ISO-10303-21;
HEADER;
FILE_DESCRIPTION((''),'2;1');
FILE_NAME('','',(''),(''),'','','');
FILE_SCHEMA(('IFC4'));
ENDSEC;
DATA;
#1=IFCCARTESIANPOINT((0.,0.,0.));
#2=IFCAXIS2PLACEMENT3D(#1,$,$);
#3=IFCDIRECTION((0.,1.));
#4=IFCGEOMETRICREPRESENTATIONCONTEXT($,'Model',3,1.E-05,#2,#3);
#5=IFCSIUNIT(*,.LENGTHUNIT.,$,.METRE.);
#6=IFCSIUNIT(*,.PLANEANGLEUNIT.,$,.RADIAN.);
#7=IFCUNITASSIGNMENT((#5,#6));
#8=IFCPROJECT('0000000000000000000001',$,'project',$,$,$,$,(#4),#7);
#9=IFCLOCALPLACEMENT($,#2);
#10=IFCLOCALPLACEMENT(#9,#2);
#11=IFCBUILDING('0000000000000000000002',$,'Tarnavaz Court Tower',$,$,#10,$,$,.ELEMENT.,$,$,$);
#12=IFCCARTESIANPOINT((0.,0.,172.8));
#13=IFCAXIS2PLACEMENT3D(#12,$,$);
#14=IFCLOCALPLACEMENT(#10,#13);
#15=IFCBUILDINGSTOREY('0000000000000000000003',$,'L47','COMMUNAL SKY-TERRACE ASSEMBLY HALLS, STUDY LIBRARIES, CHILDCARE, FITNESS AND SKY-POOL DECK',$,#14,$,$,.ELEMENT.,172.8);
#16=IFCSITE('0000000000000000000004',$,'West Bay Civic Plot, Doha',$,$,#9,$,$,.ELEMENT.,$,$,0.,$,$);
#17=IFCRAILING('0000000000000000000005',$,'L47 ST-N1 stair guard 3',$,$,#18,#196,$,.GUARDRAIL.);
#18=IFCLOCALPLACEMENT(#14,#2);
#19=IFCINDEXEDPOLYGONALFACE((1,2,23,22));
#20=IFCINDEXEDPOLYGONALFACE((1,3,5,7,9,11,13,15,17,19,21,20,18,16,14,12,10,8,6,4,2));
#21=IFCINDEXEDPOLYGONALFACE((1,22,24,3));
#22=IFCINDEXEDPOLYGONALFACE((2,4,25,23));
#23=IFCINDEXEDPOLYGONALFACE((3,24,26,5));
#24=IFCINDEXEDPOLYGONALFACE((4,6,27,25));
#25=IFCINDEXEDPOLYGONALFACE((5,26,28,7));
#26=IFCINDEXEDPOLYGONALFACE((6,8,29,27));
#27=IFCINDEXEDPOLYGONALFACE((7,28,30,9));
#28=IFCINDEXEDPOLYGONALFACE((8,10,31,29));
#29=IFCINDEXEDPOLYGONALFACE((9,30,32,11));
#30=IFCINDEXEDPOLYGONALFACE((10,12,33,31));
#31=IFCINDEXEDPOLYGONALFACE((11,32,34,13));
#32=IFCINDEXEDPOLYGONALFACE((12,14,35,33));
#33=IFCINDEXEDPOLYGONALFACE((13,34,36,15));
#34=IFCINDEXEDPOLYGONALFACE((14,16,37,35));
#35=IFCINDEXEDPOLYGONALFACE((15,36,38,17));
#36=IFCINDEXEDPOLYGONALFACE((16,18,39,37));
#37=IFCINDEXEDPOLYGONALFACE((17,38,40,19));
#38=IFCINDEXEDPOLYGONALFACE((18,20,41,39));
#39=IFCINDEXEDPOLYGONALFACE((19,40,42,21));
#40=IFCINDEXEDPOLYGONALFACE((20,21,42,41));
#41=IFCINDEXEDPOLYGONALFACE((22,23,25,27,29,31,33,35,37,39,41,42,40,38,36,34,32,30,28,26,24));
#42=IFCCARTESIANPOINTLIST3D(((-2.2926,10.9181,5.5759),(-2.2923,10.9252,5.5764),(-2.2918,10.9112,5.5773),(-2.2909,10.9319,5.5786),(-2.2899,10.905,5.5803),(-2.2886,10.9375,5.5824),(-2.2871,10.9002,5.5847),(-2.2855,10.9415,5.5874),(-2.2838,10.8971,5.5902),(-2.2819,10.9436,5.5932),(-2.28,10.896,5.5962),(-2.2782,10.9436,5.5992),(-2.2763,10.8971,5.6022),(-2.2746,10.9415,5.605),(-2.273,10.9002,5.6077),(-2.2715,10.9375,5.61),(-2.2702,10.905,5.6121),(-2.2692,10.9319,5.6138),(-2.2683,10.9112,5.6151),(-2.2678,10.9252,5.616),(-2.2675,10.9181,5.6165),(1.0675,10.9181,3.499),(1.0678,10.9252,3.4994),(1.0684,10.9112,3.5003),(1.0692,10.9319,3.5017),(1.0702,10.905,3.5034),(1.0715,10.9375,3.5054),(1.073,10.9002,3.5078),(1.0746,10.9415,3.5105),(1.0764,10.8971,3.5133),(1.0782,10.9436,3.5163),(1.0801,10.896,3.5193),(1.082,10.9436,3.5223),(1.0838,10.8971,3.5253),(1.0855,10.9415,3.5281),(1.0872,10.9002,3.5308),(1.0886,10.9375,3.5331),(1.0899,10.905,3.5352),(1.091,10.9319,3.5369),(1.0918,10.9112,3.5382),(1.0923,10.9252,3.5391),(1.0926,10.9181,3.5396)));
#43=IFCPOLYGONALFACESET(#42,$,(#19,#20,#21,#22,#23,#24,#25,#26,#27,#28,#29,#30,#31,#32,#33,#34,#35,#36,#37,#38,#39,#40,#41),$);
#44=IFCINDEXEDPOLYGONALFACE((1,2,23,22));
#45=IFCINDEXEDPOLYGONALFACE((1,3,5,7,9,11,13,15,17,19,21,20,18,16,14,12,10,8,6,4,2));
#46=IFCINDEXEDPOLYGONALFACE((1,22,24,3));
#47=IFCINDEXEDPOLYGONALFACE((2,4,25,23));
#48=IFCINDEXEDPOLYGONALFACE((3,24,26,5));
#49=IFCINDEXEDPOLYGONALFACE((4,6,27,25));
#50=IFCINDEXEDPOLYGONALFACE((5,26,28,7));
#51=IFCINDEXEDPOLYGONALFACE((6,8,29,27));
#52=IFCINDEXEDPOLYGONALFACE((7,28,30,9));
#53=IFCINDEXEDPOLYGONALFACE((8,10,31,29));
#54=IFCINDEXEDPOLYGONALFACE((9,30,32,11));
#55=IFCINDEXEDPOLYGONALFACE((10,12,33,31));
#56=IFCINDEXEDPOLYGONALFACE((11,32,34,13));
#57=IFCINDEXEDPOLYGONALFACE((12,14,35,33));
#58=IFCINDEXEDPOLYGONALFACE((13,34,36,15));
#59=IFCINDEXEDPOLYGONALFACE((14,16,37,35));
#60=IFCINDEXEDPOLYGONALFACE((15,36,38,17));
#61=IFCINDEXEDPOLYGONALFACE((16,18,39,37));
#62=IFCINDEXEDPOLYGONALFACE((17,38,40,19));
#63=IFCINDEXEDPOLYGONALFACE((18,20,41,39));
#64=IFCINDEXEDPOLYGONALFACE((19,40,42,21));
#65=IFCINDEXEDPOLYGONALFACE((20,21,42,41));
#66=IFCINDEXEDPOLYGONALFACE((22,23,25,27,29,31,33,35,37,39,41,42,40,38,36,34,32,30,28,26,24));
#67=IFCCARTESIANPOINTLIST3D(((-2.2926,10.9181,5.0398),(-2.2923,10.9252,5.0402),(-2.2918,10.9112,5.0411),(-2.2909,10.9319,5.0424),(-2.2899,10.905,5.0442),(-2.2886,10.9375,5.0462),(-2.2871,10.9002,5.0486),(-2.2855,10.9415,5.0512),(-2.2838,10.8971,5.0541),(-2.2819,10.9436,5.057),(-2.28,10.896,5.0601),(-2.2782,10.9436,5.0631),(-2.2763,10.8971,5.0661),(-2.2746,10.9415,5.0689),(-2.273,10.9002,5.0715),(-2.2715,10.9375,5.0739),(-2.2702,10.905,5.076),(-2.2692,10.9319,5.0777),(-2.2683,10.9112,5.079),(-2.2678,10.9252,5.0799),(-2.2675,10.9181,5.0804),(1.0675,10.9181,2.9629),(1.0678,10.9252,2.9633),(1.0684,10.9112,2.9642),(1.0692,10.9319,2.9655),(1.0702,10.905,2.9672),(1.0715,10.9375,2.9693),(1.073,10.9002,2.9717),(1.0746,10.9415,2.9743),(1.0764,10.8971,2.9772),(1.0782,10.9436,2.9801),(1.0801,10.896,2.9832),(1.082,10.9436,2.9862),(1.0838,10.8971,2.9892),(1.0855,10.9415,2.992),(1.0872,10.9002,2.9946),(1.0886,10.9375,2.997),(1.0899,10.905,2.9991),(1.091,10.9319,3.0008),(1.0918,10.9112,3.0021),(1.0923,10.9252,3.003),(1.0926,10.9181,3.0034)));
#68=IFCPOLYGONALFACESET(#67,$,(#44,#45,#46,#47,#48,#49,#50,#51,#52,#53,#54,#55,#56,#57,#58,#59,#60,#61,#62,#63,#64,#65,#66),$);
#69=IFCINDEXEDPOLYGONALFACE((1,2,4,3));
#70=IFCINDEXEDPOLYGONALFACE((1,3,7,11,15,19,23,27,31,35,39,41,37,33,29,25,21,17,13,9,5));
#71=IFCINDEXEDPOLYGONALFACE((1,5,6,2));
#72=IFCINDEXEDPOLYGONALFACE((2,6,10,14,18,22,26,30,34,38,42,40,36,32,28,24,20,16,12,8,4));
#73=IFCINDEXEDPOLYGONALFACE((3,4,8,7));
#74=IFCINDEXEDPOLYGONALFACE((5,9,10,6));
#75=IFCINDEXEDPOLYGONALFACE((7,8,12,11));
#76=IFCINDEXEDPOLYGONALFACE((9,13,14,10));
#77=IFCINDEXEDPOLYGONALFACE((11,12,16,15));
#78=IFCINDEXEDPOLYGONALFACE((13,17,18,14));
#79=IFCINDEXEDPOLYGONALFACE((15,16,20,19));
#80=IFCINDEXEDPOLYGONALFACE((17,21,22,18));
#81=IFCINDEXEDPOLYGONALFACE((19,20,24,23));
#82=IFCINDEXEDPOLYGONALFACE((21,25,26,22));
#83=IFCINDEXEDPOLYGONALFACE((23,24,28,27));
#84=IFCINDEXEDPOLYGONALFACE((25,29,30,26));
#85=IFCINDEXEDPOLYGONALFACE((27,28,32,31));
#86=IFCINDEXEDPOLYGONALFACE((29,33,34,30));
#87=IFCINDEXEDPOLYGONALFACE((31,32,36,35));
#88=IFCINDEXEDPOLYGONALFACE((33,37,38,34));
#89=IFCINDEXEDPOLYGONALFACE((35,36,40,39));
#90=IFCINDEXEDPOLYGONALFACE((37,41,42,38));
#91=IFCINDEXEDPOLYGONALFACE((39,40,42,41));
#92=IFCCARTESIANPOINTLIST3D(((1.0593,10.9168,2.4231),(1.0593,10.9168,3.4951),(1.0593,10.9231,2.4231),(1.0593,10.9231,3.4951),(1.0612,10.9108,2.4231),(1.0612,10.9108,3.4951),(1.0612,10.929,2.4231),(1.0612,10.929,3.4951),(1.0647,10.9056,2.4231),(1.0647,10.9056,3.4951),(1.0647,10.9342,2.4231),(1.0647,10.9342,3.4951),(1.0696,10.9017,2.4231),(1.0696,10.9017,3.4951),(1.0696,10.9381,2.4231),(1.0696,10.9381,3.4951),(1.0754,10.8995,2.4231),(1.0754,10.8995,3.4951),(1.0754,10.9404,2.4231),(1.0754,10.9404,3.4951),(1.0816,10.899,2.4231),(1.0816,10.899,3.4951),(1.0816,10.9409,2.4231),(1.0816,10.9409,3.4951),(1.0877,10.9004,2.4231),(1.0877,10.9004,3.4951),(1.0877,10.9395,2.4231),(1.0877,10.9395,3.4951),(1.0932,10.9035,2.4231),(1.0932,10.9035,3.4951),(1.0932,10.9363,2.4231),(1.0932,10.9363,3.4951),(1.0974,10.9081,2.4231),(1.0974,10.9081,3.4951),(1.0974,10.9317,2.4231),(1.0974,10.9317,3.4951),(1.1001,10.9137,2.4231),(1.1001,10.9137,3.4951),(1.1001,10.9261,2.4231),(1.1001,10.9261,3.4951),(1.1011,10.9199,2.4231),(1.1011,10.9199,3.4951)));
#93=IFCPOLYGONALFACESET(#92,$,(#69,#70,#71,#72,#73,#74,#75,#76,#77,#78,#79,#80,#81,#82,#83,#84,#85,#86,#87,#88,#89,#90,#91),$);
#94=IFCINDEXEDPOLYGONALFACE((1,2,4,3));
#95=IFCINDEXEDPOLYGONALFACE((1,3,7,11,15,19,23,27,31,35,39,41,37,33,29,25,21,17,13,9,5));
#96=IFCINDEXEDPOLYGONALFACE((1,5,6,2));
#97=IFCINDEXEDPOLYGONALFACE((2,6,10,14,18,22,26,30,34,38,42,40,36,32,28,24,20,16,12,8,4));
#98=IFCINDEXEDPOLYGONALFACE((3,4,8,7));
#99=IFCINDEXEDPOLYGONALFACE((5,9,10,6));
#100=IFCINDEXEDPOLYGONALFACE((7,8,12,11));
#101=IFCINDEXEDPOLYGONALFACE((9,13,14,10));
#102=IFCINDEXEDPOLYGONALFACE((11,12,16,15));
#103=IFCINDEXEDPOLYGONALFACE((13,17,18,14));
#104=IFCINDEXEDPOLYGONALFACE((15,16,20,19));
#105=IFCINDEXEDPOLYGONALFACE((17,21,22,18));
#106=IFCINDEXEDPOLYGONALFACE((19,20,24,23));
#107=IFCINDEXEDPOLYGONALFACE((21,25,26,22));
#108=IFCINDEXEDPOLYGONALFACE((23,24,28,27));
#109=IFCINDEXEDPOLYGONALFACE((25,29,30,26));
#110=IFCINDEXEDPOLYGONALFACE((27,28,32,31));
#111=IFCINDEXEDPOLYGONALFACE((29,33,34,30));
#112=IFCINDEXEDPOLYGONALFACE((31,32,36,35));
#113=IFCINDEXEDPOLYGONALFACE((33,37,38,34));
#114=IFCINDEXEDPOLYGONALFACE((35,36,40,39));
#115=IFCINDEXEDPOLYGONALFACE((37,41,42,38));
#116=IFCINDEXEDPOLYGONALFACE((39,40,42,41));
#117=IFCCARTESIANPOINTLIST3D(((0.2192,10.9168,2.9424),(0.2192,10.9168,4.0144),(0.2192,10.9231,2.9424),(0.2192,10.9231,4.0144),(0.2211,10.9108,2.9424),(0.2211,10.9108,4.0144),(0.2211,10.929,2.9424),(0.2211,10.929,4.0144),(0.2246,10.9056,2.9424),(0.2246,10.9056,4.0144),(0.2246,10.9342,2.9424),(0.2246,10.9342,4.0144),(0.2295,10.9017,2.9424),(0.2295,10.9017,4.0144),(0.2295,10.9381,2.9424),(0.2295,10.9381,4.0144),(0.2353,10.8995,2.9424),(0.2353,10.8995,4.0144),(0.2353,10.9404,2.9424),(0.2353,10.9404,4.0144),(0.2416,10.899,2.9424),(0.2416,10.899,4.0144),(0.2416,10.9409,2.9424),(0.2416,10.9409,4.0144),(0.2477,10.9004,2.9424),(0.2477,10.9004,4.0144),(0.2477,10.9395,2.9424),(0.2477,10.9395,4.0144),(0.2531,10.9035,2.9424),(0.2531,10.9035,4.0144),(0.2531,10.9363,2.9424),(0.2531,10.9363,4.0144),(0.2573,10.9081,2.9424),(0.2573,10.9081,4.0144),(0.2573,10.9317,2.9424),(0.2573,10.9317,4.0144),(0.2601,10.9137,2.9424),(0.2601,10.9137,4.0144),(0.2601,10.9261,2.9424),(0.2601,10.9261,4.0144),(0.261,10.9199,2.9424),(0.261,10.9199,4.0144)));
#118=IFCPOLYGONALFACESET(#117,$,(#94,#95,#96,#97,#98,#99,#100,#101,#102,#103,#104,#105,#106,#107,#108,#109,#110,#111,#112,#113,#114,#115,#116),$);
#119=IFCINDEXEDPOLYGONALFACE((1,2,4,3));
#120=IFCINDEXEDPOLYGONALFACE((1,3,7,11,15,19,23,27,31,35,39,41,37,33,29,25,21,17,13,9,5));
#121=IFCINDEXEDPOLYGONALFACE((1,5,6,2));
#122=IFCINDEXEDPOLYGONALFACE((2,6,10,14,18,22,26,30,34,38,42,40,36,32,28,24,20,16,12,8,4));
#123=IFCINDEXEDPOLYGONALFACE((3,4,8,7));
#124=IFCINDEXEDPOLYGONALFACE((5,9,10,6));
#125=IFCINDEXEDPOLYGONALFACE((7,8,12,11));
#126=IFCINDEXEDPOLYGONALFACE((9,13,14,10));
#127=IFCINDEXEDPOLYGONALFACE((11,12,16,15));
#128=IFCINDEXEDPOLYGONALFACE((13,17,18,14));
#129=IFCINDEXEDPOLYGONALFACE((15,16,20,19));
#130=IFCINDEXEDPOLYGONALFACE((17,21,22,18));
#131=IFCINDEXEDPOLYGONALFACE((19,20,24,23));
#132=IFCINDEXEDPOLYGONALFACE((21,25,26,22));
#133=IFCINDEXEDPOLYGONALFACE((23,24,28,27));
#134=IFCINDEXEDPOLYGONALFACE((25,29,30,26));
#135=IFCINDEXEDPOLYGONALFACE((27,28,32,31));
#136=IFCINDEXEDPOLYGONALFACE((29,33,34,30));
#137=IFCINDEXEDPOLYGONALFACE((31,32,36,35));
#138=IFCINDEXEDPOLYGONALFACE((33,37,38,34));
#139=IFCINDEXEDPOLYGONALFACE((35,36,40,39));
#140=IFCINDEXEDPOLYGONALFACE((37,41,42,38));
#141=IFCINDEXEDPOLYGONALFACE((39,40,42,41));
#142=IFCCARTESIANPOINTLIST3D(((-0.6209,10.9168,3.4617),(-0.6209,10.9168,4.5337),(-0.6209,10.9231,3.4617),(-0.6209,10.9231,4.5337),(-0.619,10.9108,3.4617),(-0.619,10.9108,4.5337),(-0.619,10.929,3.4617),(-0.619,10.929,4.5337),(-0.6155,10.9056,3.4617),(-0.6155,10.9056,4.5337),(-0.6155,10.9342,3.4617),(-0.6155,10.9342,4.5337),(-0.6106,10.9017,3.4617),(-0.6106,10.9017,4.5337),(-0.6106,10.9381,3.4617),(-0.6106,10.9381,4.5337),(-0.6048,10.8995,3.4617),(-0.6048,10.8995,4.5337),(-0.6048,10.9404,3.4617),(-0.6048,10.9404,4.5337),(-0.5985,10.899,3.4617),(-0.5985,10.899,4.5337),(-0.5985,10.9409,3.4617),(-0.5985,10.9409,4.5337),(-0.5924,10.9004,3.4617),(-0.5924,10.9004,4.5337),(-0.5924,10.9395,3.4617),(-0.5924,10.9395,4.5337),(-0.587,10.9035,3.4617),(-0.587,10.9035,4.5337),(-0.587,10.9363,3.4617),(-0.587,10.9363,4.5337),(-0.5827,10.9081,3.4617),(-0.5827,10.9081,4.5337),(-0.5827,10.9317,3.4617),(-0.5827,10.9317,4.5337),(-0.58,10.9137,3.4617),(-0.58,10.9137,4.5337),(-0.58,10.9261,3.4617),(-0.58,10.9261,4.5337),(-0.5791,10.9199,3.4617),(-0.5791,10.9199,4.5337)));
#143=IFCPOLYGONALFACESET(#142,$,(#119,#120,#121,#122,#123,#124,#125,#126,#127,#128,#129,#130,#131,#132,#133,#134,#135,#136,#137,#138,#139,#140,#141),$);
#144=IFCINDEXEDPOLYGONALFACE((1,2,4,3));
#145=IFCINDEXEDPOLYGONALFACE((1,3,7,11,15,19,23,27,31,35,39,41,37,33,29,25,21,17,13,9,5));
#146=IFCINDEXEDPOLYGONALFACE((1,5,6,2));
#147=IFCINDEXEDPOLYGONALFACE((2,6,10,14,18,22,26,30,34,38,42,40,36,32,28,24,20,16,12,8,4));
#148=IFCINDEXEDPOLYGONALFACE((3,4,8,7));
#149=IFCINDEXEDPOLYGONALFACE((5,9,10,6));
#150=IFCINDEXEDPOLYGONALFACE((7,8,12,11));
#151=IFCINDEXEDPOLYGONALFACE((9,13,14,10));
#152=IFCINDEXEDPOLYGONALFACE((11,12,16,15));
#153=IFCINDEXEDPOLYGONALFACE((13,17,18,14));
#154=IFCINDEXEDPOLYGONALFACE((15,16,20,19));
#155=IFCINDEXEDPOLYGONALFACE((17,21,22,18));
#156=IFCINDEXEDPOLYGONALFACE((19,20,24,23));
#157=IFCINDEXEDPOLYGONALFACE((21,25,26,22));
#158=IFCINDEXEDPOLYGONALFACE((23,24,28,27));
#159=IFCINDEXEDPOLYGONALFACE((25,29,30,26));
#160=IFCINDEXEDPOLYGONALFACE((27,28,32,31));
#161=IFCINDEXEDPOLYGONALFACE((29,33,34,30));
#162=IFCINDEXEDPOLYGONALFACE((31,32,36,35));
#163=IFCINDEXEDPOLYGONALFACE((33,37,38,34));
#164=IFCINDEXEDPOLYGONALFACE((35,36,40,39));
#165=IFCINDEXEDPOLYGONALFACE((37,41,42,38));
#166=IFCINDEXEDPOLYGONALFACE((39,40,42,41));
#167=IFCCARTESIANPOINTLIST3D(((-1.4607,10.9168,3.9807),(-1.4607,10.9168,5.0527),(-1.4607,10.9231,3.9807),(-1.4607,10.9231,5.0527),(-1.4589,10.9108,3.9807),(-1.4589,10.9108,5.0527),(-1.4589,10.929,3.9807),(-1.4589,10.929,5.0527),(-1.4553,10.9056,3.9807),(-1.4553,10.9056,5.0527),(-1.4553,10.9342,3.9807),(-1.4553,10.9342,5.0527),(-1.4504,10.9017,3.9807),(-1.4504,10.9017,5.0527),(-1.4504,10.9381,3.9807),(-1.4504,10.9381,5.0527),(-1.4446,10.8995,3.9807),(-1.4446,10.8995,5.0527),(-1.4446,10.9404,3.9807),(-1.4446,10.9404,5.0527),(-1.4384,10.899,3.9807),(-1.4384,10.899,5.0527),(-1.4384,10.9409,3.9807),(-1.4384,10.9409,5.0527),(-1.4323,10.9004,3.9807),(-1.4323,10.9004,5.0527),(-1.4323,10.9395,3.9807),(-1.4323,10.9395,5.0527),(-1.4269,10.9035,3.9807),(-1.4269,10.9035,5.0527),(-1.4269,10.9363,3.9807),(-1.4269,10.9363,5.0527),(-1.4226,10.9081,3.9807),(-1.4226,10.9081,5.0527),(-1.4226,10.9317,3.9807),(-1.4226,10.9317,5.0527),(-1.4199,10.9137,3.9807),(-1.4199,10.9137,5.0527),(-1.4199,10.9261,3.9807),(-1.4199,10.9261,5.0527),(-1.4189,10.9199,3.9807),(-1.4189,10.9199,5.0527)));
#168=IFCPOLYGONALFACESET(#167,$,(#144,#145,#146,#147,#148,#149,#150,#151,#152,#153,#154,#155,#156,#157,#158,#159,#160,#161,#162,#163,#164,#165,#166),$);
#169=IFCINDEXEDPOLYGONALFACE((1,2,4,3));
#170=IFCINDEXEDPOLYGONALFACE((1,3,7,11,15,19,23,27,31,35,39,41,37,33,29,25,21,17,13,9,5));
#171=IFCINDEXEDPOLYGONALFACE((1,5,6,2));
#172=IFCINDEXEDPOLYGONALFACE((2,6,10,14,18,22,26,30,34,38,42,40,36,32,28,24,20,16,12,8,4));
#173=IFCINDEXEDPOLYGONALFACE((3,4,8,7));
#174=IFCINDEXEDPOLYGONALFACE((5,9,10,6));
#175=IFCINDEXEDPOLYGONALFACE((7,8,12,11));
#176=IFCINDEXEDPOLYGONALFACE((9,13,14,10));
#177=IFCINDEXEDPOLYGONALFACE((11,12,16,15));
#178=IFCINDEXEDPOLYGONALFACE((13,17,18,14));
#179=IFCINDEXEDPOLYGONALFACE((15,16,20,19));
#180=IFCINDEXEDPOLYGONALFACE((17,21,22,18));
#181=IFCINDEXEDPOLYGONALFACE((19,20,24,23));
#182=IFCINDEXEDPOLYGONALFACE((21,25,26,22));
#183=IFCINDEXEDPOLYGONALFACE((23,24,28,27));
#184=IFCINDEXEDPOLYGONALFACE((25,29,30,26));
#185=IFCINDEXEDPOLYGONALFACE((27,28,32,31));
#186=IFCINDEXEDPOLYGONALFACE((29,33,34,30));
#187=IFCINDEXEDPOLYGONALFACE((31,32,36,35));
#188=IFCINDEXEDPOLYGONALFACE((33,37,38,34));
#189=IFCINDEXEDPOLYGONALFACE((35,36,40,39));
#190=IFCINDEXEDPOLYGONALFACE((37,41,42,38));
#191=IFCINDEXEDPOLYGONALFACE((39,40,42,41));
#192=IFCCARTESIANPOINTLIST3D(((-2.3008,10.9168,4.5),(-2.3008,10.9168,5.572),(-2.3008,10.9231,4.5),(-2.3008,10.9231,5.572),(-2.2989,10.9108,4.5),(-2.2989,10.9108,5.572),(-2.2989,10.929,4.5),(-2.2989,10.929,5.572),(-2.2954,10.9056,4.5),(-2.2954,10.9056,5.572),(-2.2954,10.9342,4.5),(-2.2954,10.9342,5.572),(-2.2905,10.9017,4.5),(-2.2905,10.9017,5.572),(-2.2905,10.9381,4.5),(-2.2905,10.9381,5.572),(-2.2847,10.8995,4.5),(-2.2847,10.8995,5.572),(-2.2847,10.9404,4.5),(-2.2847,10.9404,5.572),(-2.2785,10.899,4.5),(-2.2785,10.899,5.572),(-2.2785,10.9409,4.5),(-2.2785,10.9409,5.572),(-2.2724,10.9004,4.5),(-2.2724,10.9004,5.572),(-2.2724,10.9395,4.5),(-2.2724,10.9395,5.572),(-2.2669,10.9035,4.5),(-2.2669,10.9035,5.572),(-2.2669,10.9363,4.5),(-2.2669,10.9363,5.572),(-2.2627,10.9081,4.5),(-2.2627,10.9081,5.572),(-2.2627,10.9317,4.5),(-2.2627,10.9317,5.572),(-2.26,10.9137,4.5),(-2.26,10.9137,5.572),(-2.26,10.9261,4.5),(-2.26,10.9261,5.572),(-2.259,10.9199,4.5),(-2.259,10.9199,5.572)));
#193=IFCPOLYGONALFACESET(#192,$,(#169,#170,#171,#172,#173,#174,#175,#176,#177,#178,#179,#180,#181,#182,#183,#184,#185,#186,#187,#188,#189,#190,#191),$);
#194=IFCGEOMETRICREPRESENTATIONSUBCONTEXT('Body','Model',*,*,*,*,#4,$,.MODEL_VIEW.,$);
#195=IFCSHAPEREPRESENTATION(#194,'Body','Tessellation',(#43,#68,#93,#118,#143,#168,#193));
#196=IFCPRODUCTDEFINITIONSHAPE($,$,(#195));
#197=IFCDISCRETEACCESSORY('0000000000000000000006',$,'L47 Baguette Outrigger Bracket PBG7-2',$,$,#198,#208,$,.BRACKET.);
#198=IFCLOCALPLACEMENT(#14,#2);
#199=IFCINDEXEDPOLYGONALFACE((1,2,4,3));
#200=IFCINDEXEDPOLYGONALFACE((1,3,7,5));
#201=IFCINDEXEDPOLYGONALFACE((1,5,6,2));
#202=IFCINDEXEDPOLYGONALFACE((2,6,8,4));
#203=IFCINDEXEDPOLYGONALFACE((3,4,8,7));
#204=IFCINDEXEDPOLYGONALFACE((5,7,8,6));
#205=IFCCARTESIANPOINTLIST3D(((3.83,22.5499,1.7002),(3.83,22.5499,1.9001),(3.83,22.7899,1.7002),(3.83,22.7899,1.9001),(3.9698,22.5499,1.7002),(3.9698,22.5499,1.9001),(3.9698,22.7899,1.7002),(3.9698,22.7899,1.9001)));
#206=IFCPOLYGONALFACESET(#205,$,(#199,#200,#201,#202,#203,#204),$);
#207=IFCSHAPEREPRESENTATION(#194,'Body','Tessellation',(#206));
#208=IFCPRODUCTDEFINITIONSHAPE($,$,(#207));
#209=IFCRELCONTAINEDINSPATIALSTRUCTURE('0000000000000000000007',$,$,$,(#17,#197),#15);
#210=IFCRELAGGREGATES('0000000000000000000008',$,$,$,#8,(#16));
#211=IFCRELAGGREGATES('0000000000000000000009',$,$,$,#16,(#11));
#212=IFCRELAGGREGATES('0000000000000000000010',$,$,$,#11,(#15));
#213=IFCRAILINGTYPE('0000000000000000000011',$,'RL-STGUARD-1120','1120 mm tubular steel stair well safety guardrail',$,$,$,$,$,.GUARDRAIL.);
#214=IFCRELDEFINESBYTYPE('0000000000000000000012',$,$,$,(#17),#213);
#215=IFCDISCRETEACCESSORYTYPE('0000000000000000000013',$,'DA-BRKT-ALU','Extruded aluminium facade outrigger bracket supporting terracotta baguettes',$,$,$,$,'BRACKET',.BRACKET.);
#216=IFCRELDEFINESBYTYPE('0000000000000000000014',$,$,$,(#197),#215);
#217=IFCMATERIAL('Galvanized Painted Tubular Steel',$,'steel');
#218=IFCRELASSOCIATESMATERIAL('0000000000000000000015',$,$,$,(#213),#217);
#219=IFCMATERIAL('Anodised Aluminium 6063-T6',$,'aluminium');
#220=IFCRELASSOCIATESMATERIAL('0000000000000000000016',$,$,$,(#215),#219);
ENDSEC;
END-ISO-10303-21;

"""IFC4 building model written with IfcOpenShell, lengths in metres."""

from ifc_helpers import new_model, si_unit, direction, frame, origin, origin_2d, place, context, subcontext, project, spatial, rectangle, circle, extrude, material, type_object, element, save


model = new_model("IFC4")

# Units and contexts
model_context = context("Model", 3, precision=1e-05, world=origin(), true_north=direction((0.0, 1.0)))
body_context = subcontext(model_context, "Body", "Model", "MODEL_VIEW")
ifc_project = project(units=[si_unit("LENGTHUNIT", "METRE"), si_unit("PLANEANGLEUNIT", "RADIAN")], contexts=[model_context])

# Site, building, storey
site_placement = place(None, origin())
site = spatial("IfcSite", under=ifc_project, at=site_placement, Name="West Bay Civic Plot, Doha", CompositionType="ELEMENT", RefElevation=0.0)
building_placement = place(site_placement, origin())
building = spatial("IfcBuilding", under=site, at=building_placement, Name="Tarnavaz Court Tower", CompositionType="ELEMENT")
storey_placement = place(building_placement, frame((0.0, 0.0, 172.8)))
storey = spatial("IfcBuildingStorey", under=building, at=storey_placement, Name="L47", Description="COMMUNAL SKY-TERRACE ASSEMBLY HALLS, STUDY LIBRARIES, CHILDCARE, FITNESS AND SKY-POOL DECK", CompositionType="ELEMENT", Elevation=172.8)

# Shared definitions
ifc_material_1 = material(Name="Anodised Aluminium 6063-T6", Category="aluminium")

# Railing
ifc_material_2 = material(Name="Galvanized Painted Tubular Steel", Category="steel")
railing_type_1 = type_object("IfcRailingType", Name="RL-STGUARD-1120", Description="1120 mm tubular steel stair well safety guardrail", PredefinedType="GUARDRAIL", material=ifc_material_2)
railing_1_placement = place(storey_placement, frame((1.0801, 10.9199, 2.4231)))
element("IfcRailing", 1, at=railing_1_placement, inside=storey, type_object=railing_type_1, Name="L47 ST-N1 stair guard 3", PredefinedType="GUARDRAIL", context=body_context, shape_type="SweptSolid", body=[
    extrude(circle(Radius=0.0239, at=origin_2d()), frame((0.0, 0.0, 1.0962), z_axis=(-0.850623, 0.0, 0.525776), x_axis=(0.0, -1.0, 0.0)), (0.0, 0.0, 1.0), 3.9502),
    extrude(circle(Radius=0.0239, at=origin_2d()), frame((0.0, 0.0, 0.5601), z_axis=(-0.850623, 0.0, 0.525776), x_axis=(0.0, -1.0, 0.0)), (0.0, 0.0, 1.0), 3.9502),
    extrude(circle(Radius=0.021, at=origin_2d()), origin(), (0.0, 0.0, 1.0), 1.072),
    extrude(circle(Radius=0.021, at=origin_2d()), frame((-0.8401, 0.0, 0.5193)), (0.0, 0.0, 1.0), 1.072),
    extrude(circle(Radius=0.021, at=origin_2d()), frame((-1.6802, 0.0, 1.0386)), (0.0, 0.0, 1.0), 1.072),
    extrude(circle(Radius=0.021, at=origin_2d()), frame((-2.52, 0.0, 1.5576)), (0.0, 0.0, 1.0), 1.072),
    extrude(circle(Radius=0.021, at=origin_2d()), frame((-3.3601, 0.0, 2.0769)), (0.0, 0.0, 1.0), 1.072),
])

# Discrete accessory
discrete_accessory_type = type_object("IfcDiscreteAccessoryType", Name="DA-BRKT-ALU", Description="Extruded aluminium facade outrigger bracket supporting terracotta baguettes", ElementType="BRACKET", PredefinedType="BRACKET", material=ifc_material_1)
discrete_accessory_placement = place(storey_placement, frame((3.8999, 22.6699, 1.7002), z_axis=(0.0, 0.0, 1.0), x_axis=(1.0, 0.0, 0.0)))
element("IfcDiscreteAccessory", 2, at=discrete_accessory_placement, inside=storey, type_object=discrete_accessory_type, Name="L47 Baguette Outrigger Bracket PBG7-2", PredefinedType="BRACKET", context=body_context, shape_type="SweptSolid", body=[
    extrude(rectangle(XDim=0.1399, YDim=0.24, at=origin_2d()), origin(), (0.0, 0.0, 1.0), 0.2),
])

save(model, "model.ifc")
